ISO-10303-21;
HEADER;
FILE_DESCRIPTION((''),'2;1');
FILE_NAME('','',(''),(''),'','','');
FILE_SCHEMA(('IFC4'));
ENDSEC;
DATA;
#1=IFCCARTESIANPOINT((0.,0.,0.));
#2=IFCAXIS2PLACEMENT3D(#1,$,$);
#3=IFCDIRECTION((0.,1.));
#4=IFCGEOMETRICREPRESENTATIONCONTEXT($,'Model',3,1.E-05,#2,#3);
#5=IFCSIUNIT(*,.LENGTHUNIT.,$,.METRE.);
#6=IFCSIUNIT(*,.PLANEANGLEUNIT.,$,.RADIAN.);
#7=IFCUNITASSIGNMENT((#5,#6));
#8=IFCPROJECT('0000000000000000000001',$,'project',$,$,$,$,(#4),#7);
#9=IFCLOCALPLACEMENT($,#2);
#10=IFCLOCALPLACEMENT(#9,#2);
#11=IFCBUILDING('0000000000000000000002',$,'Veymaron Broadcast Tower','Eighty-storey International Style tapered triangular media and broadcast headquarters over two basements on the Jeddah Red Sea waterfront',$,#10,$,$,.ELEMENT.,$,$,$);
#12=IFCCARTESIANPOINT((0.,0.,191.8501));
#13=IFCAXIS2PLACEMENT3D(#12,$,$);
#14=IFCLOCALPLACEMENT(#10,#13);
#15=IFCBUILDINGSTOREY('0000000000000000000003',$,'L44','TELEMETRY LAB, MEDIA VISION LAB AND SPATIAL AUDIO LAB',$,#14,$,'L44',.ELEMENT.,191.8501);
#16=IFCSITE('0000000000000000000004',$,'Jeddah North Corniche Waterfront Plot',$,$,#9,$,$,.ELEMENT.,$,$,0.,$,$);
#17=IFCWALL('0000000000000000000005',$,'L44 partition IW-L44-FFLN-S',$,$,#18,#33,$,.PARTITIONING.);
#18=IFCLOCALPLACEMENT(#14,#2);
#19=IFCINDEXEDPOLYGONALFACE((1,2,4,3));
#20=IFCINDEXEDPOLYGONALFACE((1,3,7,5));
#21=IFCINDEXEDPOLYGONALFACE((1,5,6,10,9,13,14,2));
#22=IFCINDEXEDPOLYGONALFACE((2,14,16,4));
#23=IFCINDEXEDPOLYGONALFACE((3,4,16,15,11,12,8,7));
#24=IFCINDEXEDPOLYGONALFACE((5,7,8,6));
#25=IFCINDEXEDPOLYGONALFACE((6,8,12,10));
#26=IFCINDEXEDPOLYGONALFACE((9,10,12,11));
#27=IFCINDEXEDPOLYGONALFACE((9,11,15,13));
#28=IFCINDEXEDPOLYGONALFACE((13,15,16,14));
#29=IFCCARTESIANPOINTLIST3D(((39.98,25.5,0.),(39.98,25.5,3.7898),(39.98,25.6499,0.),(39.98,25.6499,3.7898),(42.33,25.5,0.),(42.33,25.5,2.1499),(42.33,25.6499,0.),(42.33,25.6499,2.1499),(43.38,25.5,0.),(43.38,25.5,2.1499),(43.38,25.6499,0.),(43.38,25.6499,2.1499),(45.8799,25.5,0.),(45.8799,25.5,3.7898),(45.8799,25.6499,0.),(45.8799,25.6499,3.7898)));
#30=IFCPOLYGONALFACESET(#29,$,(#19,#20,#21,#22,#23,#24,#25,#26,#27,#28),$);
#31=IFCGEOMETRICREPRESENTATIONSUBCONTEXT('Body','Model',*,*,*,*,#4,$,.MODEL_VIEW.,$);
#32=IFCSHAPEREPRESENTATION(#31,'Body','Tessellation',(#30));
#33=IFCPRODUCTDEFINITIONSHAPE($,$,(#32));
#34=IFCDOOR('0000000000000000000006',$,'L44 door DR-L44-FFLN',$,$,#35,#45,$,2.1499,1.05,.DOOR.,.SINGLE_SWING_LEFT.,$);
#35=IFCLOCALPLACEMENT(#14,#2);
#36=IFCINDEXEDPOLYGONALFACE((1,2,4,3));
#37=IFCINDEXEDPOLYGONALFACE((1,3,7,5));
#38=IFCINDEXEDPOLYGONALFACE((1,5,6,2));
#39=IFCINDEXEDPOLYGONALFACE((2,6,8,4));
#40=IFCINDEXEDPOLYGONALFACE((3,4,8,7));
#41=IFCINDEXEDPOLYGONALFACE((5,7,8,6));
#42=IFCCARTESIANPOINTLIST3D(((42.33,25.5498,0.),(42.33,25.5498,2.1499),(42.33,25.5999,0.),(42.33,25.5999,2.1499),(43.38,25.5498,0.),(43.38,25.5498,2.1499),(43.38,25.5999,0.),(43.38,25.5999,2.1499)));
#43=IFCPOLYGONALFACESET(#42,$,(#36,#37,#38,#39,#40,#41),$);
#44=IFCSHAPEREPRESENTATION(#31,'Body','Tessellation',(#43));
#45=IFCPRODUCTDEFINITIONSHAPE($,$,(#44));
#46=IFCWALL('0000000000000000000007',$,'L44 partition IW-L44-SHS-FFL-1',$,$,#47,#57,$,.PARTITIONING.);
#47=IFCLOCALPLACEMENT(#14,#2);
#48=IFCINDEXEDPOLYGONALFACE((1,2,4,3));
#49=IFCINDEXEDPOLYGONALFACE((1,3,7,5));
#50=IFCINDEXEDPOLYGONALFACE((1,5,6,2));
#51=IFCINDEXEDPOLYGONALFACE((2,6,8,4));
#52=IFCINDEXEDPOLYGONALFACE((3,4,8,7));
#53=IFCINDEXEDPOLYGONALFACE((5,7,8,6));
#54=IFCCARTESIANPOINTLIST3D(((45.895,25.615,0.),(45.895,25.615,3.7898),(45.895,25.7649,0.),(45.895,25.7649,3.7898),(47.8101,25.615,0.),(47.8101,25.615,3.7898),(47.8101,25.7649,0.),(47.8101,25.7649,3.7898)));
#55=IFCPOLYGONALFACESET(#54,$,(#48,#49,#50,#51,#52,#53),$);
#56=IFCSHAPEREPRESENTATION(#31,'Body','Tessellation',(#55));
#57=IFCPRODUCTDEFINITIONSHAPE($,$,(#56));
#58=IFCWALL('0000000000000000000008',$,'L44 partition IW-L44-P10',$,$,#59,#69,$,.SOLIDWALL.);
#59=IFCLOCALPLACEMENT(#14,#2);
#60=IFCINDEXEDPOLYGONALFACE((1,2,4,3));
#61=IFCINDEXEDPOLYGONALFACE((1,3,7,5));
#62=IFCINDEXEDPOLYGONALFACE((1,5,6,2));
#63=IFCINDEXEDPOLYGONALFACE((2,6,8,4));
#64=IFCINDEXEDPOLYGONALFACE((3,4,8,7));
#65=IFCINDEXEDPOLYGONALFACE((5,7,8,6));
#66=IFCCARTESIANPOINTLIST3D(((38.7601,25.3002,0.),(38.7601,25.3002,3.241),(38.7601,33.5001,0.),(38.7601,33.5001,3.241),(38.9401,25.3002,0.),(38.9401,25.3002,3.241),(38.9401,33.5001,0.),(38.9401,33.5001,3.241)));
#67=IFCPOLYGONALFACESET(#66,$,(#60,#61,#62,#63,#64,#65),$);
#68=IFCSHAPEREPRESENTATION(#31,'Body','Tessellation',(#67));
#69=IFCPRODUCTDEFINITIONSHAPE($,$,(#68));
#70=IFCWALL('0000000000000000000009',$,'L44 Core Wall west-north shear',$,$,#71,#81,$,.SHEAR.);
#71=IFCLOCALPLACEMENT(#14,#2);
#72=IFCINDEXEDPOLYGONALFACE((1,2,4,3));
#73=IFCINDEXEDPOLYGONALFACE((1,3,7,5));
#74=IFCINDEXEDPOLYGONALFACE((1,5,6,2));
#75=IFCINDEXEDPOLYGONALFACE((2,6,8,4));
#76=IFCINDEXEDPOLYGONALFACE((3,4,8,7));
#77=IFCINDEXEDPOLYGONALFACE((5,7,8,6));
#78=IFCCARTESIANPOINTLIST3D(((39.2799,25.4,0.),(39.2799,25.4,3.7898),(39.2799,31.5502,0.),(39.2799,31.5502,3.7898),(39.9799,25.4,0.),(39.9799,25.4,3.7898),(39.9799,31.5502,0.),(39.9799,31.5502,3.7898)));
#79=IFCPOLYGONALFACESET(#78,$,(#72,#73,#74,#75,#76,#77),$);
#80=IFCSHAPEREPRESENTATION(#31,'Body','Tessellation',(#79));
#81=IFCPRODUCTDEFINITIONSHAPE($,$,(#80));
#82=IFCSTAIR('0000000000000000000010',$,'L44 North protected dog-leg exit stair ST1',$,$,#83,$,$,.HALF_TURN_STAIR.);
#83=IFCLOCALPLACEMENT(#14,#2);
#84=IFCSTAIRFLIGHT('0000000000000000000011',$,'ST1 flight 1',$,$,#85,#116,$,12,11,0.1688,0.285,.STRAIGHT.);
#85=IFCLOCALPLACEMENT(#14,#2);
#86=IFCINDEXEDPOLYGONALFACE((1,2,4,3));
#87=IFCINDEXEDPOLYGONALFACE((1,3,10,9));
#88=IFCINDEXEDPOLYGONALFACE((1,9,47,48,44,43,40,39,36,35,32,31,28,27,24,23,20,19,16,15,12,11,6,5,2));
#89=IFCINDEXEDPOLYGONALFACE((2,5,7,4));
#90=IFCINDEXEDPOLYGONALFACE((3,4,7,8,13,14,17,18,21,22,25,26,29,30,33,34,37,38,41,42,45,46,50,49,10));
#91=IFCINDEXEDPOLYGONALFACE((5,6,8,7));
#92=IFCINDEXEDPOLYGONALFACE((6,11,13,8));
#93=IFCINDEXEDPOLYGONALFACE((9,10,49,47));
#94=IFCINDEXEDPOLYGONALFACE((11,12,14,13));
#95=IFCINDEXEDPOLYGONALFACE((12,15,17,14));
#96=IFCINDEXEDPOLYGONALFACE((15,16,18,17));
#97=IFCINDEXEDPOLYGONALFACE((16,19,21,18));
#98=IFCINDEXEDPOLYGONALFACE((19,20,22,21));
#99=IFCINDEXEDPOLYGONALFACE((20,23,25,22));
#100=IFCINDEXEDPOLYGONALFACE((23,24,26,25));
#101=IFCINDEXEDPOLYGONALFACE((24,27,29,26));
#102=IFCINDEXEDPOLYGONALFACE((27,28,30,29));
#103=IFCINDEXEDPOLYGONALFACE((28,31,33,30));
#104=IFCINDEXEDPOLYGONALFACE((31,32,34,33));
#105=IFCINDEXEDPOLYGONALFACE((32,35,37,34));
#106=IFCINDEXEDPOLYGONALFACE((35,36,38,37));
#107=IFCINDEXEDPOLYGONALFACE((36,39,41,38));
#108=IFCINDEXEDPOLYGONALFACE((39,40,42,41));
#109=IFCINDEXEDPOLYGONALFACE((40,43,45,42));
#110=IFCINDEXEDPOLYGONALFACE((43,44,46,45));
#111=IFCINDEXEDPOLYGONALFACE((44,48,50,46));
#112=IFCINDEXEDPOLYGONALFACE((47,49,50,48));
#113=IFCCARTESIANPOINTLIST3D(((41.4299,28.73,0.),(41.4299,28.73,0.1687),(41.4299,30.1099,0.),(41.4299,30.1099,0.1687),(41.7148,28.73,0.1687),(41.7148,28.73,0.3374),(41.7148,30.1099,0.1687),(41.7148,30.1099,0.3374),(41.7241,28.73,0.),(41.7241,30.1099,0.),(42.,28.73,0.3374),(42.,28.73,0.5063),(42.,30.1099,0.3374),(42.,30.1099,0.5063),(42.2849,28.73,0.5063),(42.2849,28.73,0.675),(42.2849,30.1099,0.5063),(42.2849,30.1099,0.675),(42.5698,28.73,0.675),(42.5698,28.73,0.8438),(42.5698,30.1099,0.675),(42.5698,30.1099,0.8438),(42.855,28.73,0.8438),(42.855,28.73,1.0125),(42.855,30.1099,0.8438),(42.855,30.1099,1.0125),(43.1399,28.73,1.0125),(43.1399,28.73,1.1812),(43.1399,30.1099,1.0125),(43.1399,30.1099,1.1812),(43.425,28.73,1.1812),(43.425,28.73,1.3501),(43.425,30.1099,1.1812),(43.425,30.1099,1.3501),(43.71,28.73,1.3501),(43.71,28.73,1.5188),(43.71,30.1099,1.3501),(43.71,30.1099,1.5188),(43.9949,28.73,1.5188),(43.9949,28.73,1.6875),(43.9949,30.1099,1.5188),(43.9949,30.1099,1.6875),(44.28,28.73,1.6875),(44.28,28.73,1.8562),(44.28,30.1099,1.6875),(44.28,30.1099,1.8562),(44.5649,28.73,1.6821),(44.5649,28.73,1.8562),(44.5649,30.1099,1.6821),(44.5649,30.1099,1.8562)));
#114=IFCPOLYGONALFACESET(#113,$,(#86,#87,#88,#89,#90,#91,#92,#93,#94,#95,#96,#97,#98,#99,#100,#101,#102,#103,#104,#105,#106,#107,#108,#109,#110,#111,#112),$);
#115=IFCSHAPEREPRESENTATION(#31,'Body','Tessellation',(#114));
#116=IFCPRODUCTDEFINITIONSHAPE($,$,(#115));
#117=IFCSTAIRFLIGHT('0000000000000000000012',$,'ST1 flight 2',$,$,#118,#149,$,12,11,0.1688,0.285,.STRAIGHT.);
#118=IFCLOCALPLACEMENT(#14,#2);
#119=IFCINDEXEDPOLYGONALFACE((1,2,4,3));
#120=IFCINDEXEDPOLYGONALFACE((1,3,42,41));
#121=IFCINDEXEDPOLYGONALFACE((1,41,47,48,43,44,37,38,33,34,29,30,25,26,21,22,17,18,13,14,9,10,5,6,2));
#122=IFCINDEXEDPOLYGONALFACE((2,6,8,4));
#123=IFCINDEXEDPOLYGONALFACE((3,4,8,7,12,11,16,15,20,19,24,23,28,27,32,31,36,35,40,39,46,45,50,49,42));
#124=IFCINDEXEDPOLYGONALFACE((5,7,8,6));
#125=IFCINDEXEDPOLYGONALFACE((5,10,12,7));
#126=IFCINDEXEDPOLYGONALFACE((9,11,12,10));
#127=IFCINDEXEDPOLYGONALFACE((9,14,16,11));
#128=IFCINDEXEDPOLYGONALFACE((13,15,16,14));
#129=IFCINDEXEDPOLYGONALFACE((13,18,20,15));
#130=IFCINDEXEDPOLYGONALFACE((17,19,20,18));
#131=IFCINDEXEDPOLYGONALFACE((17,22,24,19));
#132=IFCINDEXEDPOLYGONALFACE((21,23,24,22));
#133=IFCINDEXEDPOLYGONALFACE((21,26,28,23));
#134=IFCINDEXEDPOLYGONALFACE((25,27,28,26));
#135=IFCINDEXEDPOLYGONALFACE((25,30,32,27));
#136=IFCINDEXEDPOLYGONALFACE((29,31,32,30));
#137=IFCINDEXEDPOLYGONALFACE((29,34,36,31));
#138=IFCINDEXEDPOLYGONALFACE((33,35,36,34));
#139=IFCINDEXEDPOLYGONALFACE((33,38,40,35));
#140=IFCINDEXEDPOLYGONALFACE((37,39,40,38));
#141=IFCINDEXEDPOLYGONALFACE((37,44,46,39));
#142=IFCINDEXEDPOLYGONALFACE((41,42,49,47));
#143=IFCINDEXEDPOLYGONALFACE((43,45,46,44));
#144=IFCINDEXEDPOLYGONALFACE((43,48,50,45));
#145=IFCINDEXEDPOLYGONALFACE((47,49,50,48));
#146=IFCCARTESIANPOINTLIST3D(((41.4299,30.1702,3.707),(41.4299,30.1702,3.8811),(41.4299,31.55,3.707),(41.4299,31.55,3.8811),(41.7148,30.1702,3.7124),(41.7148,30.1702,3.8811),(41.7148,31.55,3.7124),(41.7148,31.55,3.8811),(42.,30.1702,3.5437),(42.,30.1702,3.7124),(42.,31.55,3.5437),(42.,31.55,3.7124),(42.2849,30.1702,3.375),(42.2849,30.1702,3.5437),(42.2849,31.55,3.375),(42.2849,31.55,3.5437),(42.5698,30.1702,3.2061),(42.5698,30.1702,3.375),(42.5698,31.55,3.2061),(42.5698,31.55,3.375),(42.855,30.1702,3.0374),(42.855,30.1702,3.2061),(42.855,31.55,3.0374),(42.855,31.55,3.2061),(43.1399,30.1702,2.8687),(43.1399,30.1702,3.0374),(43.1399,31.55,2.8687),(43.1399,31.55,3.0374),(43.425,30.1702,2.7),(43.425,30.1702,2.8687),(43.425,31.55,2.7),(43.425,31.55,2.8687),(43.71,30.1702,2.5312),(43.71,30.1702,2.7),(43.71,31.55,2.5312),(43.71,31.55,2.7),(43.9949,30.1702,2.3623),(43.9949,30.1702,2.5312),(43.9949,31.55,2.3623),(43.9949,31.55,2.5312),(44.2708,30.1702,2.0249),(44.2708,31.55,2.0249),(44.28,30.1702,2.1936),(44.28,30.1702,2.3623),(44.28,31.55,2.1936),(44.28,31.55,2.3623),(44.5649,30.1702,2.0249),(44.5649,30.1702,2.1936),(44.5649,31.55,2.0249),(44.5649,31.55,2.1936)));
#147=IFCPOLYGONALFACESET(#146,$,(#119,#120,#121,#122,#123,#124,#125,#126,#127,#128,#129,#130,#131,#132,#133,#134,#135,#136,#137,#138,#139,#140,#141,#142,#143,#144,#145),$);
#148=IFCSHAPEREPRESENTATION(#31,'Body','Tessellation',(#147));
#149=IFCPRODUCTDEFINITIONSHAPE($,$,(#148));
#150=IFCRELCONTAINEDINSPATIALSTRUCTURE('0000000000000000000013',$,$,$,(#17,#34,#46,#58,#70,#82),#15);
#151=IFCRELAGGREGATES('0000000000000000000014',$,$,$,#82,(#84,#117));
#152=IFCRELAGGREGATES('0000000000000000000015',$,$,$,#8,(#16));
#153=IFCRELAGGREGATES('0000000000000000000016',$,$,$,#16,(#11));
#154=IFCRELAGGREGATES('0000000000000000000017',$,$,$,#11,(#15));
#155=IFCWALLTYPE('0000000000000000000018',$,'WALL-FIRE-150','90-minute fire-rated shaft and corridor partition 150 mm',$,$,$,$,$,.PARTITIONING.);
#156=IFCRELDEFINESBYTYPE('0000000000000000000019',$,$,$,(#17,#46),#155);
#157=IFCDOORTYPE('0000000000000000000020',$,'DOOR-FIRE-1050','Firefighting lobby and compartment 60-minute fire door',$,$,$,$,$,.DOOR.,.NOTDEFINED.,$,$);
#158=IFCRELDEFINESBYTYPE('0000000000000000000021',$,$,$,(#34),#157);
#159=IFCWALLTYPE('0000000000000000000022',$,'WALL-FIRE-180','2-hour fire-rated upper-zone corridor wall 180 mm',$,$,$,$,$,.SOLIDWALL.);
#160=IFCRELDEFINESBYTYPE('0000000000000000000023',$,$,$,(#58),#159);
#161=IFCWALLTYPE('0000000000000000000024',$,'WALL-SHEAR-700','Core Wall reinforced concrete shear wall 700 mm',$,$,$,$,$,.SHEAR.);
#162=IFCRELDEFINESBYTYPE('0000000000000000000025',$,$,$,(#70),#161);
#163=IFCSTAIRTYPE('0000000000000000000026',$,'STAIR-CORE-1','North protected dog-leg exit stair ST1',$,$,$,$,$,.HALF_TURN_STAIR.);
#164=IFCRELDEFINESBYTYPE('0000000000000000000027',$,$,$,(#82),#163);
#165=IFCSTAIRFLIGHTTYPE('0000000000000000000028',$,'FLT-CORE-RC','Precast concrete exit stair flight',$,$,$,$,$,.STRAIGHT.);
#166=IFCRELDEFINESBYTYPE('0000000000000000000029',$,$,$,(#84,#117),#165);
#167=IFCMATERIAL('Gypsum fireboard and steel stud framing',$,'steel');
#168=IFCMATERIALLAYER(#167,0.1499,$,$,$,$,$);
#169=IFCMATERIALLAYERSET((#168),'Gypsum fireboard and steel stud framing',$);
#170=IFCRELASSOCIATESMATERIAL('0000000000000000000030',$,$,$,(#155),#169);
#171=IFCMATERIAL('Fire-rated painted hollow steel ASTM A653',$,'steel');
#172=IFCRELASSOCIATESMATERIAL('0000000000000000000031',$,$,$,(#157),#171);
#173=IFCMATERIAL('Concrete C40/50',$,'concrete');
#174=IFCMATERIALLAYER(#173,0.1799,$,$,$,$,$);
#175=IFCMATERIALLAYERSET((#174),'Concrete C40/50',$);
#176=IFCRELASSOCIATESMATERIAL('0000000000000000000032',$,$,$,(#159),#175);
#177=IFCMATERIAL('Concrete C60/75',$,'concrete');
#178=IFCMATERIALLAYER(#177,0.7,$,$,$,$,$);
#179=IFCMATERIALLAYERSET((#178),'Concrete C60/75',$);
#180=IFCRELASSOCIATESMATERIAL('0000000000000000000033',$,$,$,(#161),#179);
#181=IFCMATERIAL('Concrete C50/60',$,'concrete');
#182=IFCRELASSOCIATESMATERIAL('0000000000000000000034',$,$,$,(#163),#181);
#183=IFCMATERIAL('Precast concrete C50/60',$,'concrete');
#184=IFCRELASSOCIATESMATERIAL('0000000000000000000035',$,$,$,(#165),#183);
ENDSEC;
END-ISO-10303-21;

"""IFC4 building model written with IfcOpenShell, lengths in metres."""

from ifc_helpers import new_model, si_unit, direction, frame, frame_2d, origin, place, context, subcontext, project, spatial, polyline, rectangle, outline, extrude, material, layer, layer_set, type_object, element, fill, aggregate, save


model = new_model("IFC4")

# Units and contexts
model_context = context("Model", 3, precision=1e-05, world=origin(), true_north=direction((0.0, 1.0)))
body_context = subcontext(model_context, "Body", "Model", "MODEL_VIEW")
ifc_project = project(units=[si_unit("LENGTHUNIT", "METRE"), si_unit("PLANEANGLEUNIT", "RADIAN")], contexts=[model_context])

# Site, building, storey
site_placement = place(None, origin())
site = spatial("IfcSite", under=ifc_project, at=site_placement, Name="Jeddah North Corniche Waterfront Plot", CompositionType="ELEMENT", RefElevation=0.0)
building_placement = place(site_placement, origin())
building = spatial("IfcBuilding", under=site, at=building_placement, Name="Veymaron Broadcast Tower", Description="Eighty-storey International Style tapered triangular media and broadcast headquarters over two basements on the Jeddah Red Sea waterfront", CompositionType="ELEMENT")
storey_placement = place(building_placement, frame((0.0, 0.0, 191.8501)))
storey = spatial("IfcBuildingStorey", under=building, at=storey_placement, Name="L44", Description="TELEMETRY LAB, MEDIA VISION LAB AND SPATIAL AUDIO LAB", LongName="L44", CompositionType="ELEMENT", Elevation=191.8501)

# Wall, opening, door
ifc_material_1 = material(Name="Gypsum fireboard and steel stud framing", Category="steel")
ifc_layer_1 = layer(ifc_material_1, 0.1499)
ifc_layer_set_1 = layer_set([ifc_layer_1], Name="Gypsum fireboard and steel stud framing")
wall_type_1 = type_object("IfcWallType", Name="WALL-FIRE-150", Description="90-minute fire-rated shaft and corridor partition 150 mm", PredefinedType="PARTITIONING", material=ifc_layer_set_1)
wall_1_placement = place(storey_placement, frame((39.98, 25.575, 0.0), z_axis=(0.0, 0.0, 1.0), x_axis=(1.0, 0.0, 0.0)))
wall_1 = element("IfcWall", 1, at=wall_1_placement, inside=storey, type_object=wall_type_1, Name="L44 partition IW-L44-FFLN-S", PredefinedType="PARTITIONING", context=body_context, shape_type="SweptSolid", body=[
    extrude(rectangle(XDim=5.8999, YDim=0.1499, at=frame_2d((2.95, 0.0))), origin(), (0.0, 0.0, 1.0), 3.7898),
])
opening_1_placement = place(wall_1_placement, frame((2.3501, 0.0, 0.0)))
opening_1 = element("IfcOpeningElement", 2, at=opening_1_placement, cuts=wall_1, PredefinedType="OPENING", context=body_context, shape_type="SweptSolid", body=[
    extrude(rectangle(XDim=1.05, YDim=2.1499, at=frame_2d((0.5249, 1.075))), frame((0.0, 0.085, 0.0), z_axis=(0.0, -1.0, 0.0), x_axis=(1.0, 0.0, 0.0)), (0.0, 0.0, 1.0), 0.1699),
])
ifc_material_2 = material(Name="Fire-rated painted hollow steel ASTM A653", Category="steel")
door_type_1 = type_object("IfcDoorType", Name="DOOR-FIRE-1050", Description="Firefighting lobby and compartment 60-minute fire door", OperationType="NOTDEFINED", PredefinedType="DOOR", material=ifc_material_2)
door_1_placement = place(opening_1_placement, origin())
door_1 = element("IfcDoor", 3, at=door_1_placement, inside=storey, type_object=door_type_1, Name="L44 door DR-L44-FFLN", OperationType="SINGLE_SWING_LEFT", OverallHeight=2.1499, OverallWidth=1.05, PredefinedType="DOOR", context=body_context, shape_type="SweptSolid", body=[
    extrude(rectangle(XDim=1.05, YDim=2.1499, at=frame_2d((0.5249, 1.075))), frame((0.0, 0.0249, 0.0), z_axis=(0.0, -1.0, 0.0), x_axis=(1.0, 0.0, 0.0)), (0.0, 0.0, 1.0), 0.05),
])
fill(opening_1, door_1)

# Walls
wall_2_placement = place(storey_placement, frame((45.895, 25.6899, 0.0), z_axis=(0.0, 0.0, 1.0), x_axis=(1.0, 0.0, 0.0)))
element("IfcWall", 4, at=wall_2_placement, inside=storey, type_object=wall_type_1, Name="L44 partition IW-L44-SHS-FFL-1", PredefinedType="PARTITIONING", context=body_context, shape_type="SweptSolid", body=[
    extrude(rectangle(XDim=1.915, YDim=0.1499, at=frame_2d((0.9575, 0.0))), origin(), (0.0, 0.0, 1.0), 3.7898),
])
ifc_material_3 = material(Name="Concrete C40/50", Category="concrete")
ifc_layer_2 = layer(ifc_material_3, 0.1799)
ifc_layer_set_2 = layer_set([ifc_layer_2], Name="Concrete C40/50")
wall_type_2 = type_object("IfcWallType", Name="WALL-FIRE-180", Description="2-hour fire-rated upper-zone corridor wall 180 mm", PredefinedType="SOLIDWALL", material=ifc_layer_set_2)
wall_3_placement = place(storey_placement, frame((38.8501, 25.3, 0.0), z_axis=(0.0, 0.0, 1.0), x_axis=(0.0, 1.0, 0.0)))
element("IfcWall", 5, at=wall_3_placement, inside=storey, type_object=wall_type_2, Name="L44 partition IW-L44-P10", PredefinedType="SOLIDWALL", context=body_context, shape_type="SweptSolid", body=[
    extrude(rectangle(XDim=8.2, YDim=0.1799, at=frame_2d((4.1001, 0.0))), origin(), (0.0, 0.0, 1.0), 3.241),
])

# Shared definitions
ifc_material_4 = material(Name="Concrete C50/60", Category="concrete")

# Wall
ifc_material_5 = material(Name="Concrete C60/75", Category="concrete")
ifc_layer_3 = layer(ifc_material_5, 0.7)
ifc_layer_set_3 = layer_set([ifc_layer_3], Name="Concrete C60/75")
wall_type_3 = type_object("IfcWallType", Name="WALL-SHEAR-700", Description="Core Wall reinforced concrete shear wall 700 mm", PredefinedType="SHEAR", material=ifc_layer_set_3)
wall_4_placement = place(storey_placement, frame((39.6299, 25.3999, 0.0), z_axis=(0.0, 0.0, 1.0), x_axis=(0.0, 1.0, 0.0)))
element("IfcWall", 6, at=wall_4_placement, inside=storey, type_object=wall_type_3, Name="L44 Core Wall west-north shear", PredefinedType="SHEAR", context=body_context, shape_type="SweptSolid", body=[
    extrude(rectangle(XDim=6.1501, YDim=0.7, at=frame_2d((3.0752, 0.0))), origin(), (0.0, 0.0, 1.0), 3.7898),
])

# Stair, stair flights
stair_type = type_object("IfcStairType", Name="STAIR-CORE-1", Description="North protected dog-leg exit stair ST1", PredefinedType="HALF_TURN_STAIR", material=ifc_material_4)
stair_placement = place(storey_placement, origin())
stair = element("IfcStair", 7, at=stair_placement, inside=storey, type_object=stair_type, Name="L44 North protected dog-leg exit stair ST1", PredefinedType="HALF_TURN_STAIR")
ifc_material_6 = material(Name="Precast concrete C50/60", Category="concrete")
stair_flight_type = type_object("IfcStairFlightType", Name="FLT-CORE-RC", Description="Precast concrete exit stair flight", PredefinedType="STRAIGHT", material=ifc_material_6)
stair_flight_1_placement = place(storey_placement, frame((41.4299, 29.4199, 0.0), z_axis=(0.0, 0.0, 1.0), x_axis=(1.0, 0.0, 0.0)))
stair_flight_1 = element("IfcStairFlight", 8, at=stair_flight_1_placement, type_object=stair_flight_type, Name="ST1 flight 1", NumberOfRisers=12, NumberOfTreads=11, PredefinedType="STRAIGHT", RiserHeight=0.1688, TreadLength=0.285, context=body_context, shape_type="SweptSolid", body=[
    extrude(outline(polyline([(0.0, 0.0), (0.0, 0.1687), (0.2849, 0.1687), (0.2849, 0.3374), (0.5701, 0.3374), (0.5701, 0.5063), (0.855, 0.5063), (0.855, 0.675), (1.1399, 0.675), (1.1399, 0.8438), (1.425, 0.8438), (1.425, 1.0125), (1.71, 1.0125), (1.71, 1.1812), (1.9951, 1.1812), (1.9951, 1.3501), (2.28, 1.3501), (2.28, 1.5188), (2.5649, 1.5188), (2.5649, 1.6875), (2.8501, 1.6875), (2.8501, 1.8562), (3.135, 1.8562), (3.135, 2.0249), (3.135, 1.6821), (0.2942, 0.0), (0.0, 0.0)])), frame((0.0, 0.6899, 0.0), z_axis=(0.0, -1.0, 0.0), x_axis=(1.0, 0.0, 0.0)), (0.0, 0.0, 1.0), 1.3799),
])
stair_flight_2_placement = place(storey_placement, frame((44.5649, 30.8601, 2.0249), z_axis=(0.0, 0.0, 1.0), x_axis=(-1.0, 0.0, 0.0)))
stair_flight_2 = element("IfcStairFlight", 9, at=stair_flight_2_placement, type_object=stair_flight_type, Name="ST1 flight 2", NumberOfRisers=12, NumberOfTreads=11, PredefinedType="STRAIGHT", RiserHeight=0.1688, TreadLength=0.285, context=body_context, shape_type="SweptSolid", body=[
    extrude(outline(polyline([(0.0, 0.0), (0.0, 0.1687), (0.2849, 0.1687), (0.2849, 0.3374), (0.5701, 0.3374), (0.5701, 0.5063), (0.855, 0.5063), (0.855, 0.675), (1.1399, 0.675), (1.1399, 0.8438), (1.425, 0.8438), (1.425, 1.0125), (1.71, 1.0125), (1.71, 1.1812), (1.9951, 1.1812), (1.9951, 1.3501), (2.28, 1.3501), (2.28, 1.5188), (2.5649, 1.5188), (2.5649, 1.6875), (2.8501, 1.6875), (2.8501, 1.8562), (3.135, 1.8562), (3.135, 2.0249), (3.135, 1.6821), (0.2942, 0.0), (0.0, 0.0)])), frame((0.0, 0.6899, 0.0), z_axis=(0.0, -1.0, 0.0), x_axis=(1.0, 0.0, 0.0)), (0.0, 0.0, 1.0), 1.3799),
])
aggregate(stair, [stair_flight_1, stair_flight_2])

save(model, "model.ifc")
